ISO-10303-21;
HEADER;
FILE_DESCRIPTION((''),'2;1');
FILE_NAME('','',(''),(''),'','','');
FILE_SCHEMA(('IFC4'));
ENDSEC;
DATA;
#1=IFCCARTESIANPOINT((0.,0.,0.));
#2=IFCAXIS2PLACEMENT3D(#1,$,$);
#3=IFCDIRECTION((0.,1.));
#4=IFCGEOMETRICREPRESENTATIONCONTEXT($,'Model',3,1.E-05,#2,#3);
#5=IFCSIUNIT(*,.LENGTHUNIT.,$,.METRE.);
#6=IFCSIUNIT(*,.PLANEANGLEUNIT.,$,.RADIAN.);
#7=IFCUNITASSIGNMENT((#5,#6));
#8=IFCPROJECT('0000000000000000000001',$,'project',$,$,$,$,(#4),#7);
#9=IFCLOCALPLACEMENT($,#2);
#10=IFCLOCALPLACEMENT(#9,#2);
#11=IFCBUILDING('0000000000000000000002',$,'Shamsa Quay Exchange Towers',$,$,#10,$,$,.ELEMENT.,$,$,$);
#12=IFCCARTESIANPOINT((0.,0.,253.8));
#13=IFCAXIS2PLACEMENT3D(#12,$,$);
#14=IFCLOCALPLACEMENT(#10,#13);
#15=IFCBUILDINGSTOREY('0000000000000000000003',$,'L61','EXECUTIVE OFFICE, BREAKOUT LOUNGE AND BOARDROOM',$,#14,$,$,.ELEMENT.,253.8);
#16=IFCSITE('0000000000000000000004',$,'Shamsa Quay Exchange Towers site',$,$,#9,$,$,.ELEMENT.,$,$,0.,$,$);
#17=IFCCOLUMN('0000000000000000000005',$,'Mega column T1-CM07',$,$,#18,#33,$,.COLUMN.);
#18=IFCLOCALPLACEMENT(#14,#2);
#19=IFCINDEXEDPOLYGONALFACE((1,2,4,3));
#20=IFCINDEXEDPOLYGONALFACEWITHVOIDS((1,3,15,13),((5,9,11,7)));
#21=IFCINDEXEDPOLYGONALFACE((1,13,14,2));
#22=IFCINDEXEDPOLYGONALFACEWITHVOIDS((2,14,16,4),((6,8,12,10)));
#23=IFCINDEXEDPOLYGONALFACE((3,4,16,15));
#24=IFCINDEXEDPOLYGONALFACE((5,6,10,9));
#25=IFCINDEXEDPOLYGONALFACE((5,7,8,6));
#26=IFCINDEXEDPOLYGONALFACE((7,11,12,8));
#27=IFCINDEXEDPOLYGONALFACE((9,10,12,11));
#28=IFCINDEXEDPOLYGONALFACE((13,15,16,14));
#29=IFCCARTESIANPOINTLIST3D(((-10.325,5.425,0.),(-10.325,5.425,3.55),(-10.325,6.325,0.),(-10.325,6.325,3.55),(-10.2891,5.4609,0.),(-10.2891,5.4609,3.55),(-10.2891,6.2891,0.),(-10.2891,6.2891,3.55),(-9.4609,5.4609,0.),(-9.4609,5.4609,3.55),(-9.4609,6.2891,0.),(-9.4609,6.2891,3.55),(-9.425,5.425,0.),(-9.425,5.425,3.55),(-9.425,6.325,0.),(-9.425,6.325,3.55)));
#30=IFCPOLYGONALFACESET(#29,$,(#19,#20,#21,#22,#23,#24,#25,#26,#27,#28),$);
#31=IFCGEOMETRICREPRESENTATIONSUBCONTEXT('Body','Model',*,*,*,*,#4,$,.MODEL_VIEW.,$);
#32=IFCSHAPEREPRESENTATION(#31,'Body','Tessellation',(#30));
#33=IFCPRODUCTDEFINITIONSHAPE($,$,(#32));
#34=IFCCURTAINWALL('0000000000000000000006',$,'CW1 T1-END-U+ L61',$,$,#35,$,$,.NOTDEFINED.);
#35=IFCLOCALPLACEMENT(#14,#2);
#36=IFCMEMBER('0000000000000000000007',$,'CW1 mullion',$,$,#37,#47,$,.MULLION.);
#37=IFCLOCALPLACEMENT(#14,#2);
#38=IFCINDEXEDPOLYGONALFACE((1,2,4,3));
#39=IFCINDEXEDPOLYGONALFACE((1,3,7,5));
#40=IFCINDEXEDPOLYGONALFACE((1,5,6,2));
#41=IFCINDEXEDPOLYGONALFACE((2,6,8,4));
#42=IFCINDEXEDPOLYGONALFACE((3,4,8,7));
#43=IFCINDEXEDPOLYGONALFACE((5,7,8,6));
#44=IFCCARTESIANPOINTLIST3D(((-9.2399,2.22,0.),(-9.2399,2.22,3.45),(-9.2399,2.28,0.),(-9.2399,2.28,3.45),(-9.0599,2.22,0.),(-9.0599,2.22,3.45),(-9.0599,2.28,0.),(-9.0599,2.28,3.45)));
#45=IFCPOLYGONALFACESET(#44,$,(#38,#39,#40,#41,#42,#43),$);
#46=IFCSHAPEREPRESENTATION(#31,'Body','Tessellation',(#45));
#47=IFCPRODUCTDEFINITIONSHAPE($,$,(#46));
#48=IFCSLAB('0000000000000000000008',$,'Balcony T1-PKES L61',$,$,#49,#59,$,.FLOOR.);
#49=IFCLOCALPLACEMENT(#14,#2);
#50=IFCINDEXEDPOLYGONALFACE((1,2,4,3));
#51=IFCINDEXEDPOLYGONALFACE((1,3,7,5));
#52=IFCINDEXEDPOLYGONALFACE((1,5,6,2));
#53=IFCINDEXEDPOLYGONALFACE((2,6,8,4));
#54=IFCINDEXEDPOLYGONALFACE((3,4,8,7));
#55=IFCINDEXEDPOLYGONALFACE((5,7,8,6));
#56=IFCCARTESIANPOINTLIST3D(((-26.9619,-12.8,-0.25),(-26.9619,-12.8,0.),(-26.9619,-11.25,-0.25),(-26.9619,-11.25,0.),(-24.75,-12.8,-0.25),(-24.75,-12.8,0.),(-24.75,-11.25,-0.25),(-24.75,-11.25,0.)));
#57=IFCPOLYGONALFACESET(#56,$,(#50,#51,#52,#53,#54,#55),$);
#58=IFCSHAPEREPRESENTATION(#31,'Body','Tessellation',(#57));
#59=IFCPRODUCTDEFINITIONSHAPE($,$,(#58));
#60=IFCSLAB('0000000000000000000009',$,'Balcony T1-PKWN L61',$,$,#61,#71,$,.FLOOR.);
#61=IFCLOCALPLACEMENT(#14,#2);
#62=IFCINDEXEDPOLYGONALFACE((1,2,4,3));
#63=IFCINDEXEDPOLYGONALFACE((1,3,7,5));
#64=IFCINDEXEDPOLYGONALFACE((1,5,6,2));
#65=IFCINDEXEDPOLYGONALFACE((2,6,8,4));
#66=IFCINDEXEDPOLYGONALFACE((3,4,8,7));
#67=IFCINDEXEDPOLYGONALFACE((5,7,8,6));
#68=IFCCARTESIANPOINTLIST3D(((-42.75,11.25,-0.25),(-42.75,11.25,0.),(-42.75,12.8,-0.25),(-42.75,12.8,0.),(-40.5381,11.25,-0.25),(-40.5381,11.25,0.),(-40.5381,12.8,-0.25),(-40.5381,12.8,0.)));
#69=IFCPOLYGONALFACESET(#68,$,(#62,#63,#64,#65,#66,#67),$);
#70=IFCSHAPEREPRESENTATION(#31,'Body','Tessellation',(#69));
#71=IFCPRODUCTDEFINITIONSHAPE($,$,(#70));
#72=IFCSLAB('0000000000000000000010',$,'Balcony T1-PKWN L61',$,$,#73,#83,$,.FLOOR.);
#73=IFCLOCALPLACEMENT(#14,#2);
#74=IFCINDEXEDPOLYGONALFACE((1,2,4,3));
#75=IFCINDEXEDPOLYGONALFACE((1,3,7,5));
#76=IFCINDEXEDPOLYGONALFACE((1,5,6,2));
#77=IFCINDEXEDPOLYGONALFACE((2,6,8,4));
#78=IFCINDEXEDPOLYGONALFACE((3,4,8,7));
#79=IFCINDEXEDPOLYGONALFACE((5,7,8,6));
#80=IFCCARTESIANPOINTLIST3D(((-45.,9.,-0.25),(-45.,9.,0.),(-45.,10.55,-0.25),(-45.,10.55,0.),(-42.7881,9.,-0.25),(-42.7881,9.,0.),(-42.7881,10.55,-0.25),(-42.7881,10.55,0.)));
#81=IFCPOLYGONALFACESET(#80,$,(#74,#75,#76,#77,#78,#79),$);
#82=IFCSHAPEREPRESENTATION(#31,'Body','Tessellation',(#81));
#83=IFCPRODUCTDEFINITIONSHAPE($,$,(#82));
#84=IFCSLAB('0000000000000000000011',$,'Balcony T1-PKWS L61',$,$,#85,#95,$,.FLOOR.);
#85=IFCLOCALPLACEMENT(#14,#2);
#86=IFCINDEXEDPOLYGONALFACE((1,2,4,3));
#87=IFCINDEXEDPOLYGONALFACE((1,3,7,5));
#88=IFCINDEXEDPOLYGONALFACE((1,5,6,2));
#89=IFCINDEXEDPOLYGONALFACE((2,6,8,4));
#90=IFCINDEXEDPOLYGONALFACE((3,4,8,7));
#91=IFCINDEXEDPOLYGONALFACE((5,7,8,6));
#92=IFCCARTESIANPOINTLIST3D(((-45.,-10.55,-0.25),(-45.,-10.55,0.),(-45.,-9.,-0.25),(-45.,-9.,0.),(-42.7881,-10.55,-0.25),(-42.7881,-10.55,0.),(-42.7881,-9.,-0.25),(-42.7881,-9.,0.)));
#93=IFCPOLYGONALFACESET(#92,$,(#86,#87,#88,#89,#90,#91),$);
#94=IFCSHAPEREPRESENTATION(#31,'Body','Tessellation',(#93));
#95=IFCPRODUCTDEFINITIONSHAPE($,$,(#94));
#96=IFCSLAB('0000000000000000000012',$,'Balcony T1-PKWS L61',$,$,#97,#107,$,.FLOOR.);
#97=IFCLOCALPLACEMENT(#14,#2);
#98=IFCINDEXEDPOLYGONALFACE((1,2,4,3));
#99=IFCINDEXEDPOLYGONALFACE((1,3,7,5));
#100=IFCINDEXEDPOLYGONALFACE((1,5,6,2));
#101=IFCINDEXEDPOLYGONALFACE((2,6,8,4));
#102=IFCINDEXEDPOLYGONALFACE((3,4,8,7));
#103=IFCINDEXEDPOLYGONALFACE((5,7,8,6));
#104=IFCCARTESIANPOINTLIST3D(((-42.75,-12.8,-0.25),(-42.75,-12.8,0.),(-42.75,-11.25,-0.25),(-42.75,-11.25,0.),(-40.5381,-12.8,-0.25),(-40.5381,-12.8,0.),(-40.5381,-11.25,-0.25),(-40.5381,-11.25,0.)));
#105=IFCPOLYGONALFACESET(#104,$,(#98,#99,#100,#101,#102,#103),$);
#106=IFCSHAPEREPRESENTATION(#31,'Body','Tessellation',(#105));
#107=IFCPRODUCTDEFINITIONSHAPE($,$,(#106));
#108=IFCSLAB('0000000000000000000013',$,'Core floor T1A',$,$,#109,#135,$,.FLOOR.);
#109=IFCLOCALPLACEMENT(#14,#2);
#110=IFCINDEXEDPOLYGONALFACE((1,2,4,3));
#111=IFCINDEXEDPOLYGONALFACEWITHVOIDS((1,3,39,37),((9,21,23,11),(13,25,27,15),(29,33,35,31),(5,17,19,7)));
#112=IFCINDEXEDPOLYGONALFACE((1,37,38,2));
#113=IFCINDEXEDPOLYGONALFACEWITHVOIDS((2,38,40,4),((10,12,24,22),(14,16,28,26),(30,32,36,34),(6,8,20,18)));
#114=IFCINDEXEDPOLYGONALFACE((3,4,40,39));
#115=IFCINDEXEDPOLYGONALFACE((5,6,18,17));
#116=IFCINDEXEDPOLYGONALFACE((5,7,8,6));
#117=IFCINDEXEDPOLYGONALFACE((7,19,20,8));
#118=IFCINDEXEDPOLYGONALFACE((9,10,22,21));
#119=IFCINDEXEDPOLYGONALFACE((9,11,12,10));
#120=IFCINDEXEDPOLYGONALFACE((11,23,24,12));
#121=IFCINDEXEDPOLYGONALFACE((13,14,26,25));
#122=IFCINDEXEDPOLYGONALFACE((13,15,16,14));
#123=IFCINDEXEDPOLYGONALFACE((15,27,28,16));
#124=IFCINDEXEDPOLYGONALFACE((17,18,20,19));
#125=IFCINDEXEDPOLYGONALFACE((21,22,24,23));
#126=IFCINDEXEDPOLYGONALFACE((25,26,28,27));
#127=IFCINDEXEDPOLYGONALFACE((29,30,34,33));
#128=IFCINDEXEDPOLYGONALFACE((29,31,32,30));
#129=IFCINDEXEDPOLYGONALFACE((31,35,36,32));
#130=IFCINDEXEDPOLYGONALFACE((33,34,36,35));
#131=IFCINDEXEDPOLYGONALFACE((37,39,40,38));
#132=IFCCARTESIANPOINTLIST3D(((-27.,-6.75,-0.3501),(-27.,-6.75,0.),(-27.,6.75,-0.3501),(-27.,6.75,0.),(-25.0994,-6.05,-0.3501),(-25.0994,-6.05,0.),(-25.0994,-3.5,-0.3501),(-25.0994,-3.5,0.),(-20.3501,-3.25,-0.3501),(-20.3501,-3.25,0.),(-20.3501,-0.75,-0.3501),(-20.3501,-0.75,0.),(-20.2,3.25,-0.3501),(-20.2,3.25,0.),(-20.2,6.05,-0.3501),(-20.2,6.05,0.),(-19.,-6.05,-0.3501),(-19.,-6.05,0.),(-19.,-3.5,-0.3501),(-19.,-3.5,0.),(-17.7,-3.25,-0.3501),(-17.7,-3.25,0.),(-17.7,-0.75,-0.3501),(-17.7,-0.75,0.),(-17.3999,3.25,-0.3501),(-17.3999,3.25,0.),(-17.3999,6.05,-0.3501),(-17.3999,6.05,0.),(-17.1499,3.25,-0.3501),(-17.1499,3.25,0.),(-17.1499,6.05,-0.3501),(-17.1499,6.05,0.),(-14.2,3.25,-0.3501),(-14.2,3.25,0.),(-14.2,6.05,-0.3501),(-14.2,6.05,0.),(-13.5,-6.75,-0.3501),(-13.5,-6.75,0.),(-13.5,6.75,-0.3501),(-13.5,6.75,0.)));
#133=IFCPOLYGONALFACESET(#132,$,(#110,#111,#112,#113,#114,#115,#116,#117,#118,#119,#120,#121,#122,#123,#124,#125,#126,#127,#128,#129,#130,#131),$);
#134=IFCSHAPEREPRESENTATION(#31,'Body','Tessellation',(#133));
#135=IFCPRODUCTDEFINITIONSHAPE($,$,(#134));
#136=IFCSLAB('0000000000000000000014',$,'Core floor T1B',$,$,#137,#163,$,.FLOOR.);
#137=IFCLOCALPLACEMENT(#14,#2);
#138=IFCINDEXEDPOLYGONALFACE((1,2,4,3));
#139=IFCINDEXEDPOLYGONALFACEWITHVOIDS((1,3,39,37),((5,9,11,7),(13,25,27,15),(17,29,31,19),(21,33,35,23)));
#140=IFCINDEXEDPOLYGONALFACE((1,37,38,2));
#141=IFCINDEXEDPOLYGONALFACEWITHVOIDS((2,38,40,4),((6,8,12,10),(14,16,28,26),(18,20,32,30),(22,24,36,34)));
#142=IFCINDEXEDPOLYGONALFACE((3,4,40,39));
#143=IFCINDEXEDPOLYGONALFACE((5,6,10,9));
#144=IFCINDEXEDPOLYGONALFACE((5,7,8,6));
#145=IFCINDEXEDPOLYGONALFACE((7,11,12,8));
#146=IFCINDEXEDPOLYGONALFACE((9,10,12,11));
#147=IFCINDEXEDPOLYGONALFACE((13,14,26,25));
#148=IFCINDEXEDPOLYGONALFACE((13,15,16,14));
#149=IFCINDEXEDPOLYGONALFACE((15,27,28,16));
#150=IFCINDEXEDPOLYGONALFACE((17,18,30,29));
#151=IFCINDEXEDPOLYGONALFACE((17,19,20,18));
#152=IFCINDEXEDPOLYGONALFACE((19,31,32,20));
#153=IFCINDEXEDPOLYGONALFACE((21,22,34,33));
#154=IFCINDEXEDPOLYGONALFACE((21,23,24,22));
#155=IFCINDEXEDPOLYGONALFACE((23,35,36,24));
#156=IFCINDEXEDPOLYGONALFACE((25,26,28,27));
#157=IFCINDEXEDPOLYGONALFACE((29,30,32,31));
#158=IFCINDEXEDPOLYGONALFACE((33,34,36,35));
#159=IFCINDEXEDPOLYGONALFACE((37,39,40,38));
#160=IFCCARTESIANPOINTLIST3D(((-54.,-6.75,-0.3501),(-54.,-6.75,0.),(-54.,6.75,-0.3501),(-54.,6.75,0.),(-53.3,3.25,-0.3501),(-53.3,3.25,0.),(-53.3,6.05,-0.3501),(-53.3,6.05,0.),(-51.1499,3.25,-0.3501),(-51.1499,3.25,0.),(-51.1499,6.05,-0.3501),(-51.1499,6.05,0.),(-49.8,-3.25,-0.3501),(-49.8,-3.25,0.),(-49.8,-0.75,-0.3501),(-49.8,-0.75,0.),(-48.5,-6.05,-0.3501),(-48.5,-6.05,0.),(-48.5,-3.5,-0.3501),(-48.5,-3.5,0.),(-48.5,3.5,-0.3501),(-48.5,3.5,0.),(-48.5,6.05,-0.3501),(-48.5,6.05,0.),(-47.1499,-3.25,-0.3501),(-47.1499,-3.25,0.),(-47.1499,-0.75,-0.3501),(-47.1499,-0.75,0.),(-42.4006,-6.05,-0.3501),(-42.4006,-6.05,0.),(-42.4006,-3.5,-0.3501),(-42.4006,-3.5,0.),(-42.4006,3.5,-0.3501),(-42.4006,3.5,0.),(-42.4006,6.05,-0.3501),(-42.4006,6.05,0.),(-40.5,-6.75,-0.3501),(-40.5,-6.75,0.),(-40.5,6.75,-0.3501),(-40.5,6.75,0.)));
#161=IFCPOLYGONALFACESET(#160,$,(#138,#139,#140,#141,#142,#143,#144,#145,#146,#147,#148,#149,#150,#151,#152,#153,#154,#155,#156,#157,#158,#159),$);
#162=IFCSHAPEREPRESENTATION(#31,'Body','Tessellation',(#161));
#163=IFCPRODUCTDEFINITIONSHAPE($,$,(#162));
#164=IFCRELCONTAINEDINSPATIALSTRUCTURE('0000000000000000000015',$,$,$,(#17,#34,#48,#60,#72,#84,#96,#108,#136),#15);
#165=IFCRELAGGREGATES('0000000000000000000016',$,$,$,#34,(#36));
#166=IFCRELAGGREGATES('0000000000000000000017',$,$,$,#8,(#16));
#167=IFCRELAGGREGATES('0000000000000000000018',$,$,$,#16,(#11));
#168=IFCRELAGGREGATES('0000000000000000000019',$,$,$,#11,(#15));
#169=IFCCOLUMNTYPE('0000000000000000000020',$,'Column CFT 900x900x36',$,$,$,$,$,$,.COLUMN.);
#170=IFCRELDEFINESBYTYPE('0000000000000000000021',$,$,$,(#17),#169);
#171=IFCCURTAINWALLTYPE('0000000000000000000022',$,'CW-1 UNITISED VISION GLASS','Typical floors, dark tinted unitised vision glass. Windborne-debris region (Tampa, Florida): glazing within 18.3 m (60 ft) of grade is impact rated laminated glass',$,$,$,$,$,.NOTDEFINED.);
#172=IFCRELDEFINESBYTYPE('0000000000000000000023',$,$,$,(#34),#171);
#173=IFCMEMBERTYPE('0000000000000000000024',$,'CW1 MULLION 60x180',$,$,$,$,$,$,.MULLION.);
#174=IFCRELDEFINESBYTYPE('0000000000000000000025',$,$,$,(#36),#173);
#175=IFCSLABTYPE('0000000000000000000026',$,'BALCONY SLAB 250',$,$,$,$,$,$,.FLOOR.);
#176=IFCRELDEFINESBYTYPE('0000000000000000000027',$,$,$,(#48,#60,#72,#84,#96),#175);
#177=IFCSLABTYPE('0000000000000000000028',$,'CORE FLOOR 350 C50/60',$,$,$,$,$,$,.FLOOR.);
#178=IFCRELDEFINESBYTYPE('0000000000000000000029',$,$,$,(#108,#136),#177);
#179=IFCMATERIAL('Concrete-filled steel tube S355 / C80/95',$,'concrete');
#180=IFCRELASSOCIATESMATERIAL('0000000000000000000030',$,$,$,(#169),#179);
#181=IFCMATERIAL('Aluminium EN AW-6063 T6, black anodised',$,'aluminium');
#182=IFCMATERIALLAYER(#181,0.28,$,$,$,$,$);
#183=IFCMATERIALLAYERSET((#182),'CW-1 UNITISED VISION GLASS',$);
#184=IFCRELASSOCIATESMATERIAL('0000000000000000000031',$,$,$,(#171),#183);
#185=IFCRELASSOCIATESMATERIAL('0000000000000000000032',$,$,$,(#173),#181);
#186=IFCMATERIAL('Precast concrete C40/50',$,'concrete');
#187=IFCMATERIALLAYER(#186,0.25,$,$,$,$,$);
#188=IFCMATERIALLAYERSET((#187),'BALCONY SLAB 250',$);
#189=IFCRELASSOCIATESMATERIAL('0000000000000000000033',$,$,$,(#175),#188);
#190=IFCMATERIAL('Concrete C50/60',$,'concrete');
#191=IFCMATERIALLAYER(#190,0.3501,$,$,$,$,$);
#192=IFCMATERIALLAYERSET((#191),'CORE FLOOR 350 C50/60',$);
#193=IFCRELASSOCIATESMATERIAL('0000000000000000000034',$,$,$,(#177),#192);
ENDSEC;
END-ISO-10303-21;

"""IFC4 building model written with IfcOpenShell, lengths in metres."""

from ifc_helpers import new_model, si_unit, direction, frame, origin, origin_2d, place, context, subcontext, project, spatial, polyline, rectangle, hollow_rectangle, outline, extrude, material, layer, layer_set, material_profile, profile_set, type_object, element, aggregate, save


model = new_model("IFC4")

# Units and contexts
model_context = context("Model", 3, precision=1e-05, world=origin(), true_north=direction((0.0, 1.0)))
body_context = subcontext(model_context, "Body", "Model", "MODEL_VIEW")
ifc_project = project(units=[si_unit("LENGTHUNIT", "METRE"), si_unit("PLANEANGLEUNIT", "RADIAN")], contexts=[model_context])

# Site, building, storey
site_placement = place(None, origin())
site = spatial("IfcSite", under=ifc_project, at=site_placement, Name="Shamsa Quay Exchange Towers site", CompositionType="ELEMENT", RefElevation=0.0)
building_placement = place(site_placement, origin())
building = spatial("IfcBuilding", under=site, at=building_placement, Name="Shamsa Quay Exchange Towers", CompositionType="ELEMENT")
storey_placement = place(building_placement, frame((0.0, 0.0, 253.8)))
storey = spatial("IfcBuildingStorey", under=building, at=storey_placement, Name="L61", Description="EXECUTIVE OFFICE, BREAKOUT LOUNGE AND BOARDROOM", CompositionType="ELEMENT", Elevation=253.8)

# Column
ifc_material_1 = material(Name="Concrete-filled steel tube S355 / C80/95", Category="concrete")
ifc_material_profile_1 = material_profile(ifc_material_1, hollow_rectangle(XDim=0.8999, YDim=0.8999, WallThickness=0.0359, at=origin_2d()), Name="CFT 900x900x36")
ifc_profile_set_1 = profile_set([ifc_material_profile_1], Name="Concrete-filled steel tube S355 / C80/95")
column_type = type_object("IfcColumnType", Name="Column CFT 900x900x36", PredefinedType="COLUMN", material=ifc_profile_set_1)
column_placement = place(storey_placement, frame((-9.875, 5.875, 0.0)))
element("IfcColumn", 1, at=column_placement, inside=storey, type_object=column_type, Name="Mega column T1-CM07", PredefinedType="COLUMN", context=body_context, shape_type="SweptSolid", body=[
    extrude(hollow_rectangle(XDim=0.8999, YDim=0.8999, WallThickness=0.0359, at=origin_2d()), origin(), (0.0, 0.0, 1.0), 3.55),
])

# Curtain wall, member
ifc_material_2 = material(Name="Aluminium EN AW-6063 T6, black anodised", Category="aluminium")
ifc_layer_1 = layer(ifc_material_2, 0.28)
ifc_layer_set_1 = layer_set([ifc_layer_1], Name="CW-1 UNITISED VISION GLASS")
curtain_wall_type_1 = type_object("IfcCurtainWallType", Name="CW-1 UNITISED VISION GLASS", Description="Typical floors, dark tinted unitised vision glass. Windborne-debris region (Tampa, Florida): glazing within 18.3 m (60 ft) of grade is impact rated laminated glass", PredefinedType="NOTDEFINED", material=ifc_layer_set_1)
curtain_wall_1_placement = place(storey_placement, origin())
curtain_wall_1 = element("IfcCurtainWall", 2, at=curtain_wall_1_placement, inside=storey, type_object=curtain_wall_type_1, Name="CW1 T1-END-U+ L61", PredefinedType="NOTDEFINED")
ifc_material_profile_2 = material_profile(ifc_material_2, rectangle(XDim=0.1799, YDim=0.0601, at=origin_2d()), Name="MU60x180")
ifc_profile_set_2 = profile_set([ifc_material_profile_2], Name="Aluminium EN AW-6063 T6, black anodised")
member_type = type_object("IfcMemberType", Name="CW1 MULLION 60x180", PredefinedType="MULLION", material=ifc_profile_set_2)
member_placement = place(storey_placement, frame((-9.1499, 2.25, 0.0), z_axis=(0.0, 0.0, 1.0), x_axis=(-1.0, 0.0, 0.0)))
member = element("IfcMember", 3, at=member_placement, type_object=member_type, Name="CW1 mullion", PredefinedType="MULLION", context=body_context, shape_type="SweptSolid", body=[
    extrude(rectangle(XDim=0.1799, YDim=0.0601, at=origin_2d()), origin(), (0.0, 0.0, 1.0), 3.45),
])

# Slabs
ifc_material_3 = material(Name="Precast concrete C40/50", Category="concrete")
ifc_layer_2 = layer(ifc_material_3, 0.25)
ifc_layer_set_2 = layer_set([ifc_layer_2], Name="BALCONY SLAB 250")
slab_type_1 = type_object("IfcSlabType", Name="BALCONY SLAB 250", PredefinedType="FLOOR", material=ifc_layer_set_2)
slab_1_placement = place(storey_placement, frame((0.0, 0.0, -0.25)))
element("IfcSlab", 4, at=slab_1_placement, inside=storey, type_object=slab_type_1, Name="Balcony T1-PKES L61", PredefinedType="FLOOR", context=body_context, shape_type="SweptSolid", body=[
    extrude(outline(polyline([(-26.9619, -11.25), (-24.75, -11.25), (-24.75, -12.8), (-26.9619, -12.8), (-26.9619, -11.25)])), origin(), (0.0, 0.0, 1.0), 0.25),
])
slab_2_placement = place(storey_placement, frame((0.0, 0.0, -0.25)))
element("IfcSlab", 5, at=slab_2_placement, inside=storey, type_object=slab_type_1, Name="Balcony T1-PKWN L61", PredefinedType="FLOOR", context=body_context, shape_type="SweptSolid", body=[
    extrude(outline(polyline([(-40.5381, 11.25), (-42.75, 11.25), (-42.75, 12.8), (-40.5381, 12.8), (-40.5381, 11.25)])), origin(), (0.0, 0.0, 1.0), 0.25),
])
slab_3_placement = place(storey_placement, frame((0.0, 0.0, -0.25)))
element("IfcSlab", 6, at=slab_3_placement, inside=storey, type_object=slab_type_1, Name="Balcony T1-PKWN L61", PredefinedType="FLOOR", context=body_context, shape_type="SweptSolid", body=[
    extrude(outline(polyline([(-42.7881, 9.0), (-45.0, 9.0), (-45.0, 10.55), (-42.7881, 10.55), (-42.7881, 9.0)])), origin(), (0.0, 0.0, 1.0), 0.25),
])
slab_4_placement = place(storey_placement, frame((0.0, 0.0, -0.25)))
element("IfcSlab", 7, at=slab_4_placement, inside=storey, type_object=slab_type_1, Name="Balcony T1-PKWS L61", PredefinedType="FLOOR", context=body_context, shape_type="SweptSolid", body=[
    extrude(outline(polyline([(-45.0, -9.0), (-42.7881, -9.0), (-42.7881, -10.55), (-45.0, -10.55), (-45.0, -9.0)])), origin(), (0.0, 0.0, 1.0), 0.25),
])
slab_5_placement = place(storey_placement, frame((0.0, 0.0, -0.25)))
element("IfcSlab", 8, at=slab_5_placement, inside=storey, type_object=slab_type_1, Name="Balcony T1-PKWS L61", PredefinedType="FLOOR", context=body_context, shape_type="SweptSolid", body=[
    extrude(outline(polyline([(-42.75, -11.25), (-40.5381, -11.25), (-40.5381, -12.8), (-42.75, -12.8), (-42.75, -11.25)])), origin(), (0.0, 0.0, 1.0), 0.25),
])
ifc_material_4 = material(Name="Concrete C50/60", Category="concrete")
ifc_layer_3 = layer(ifc_material_4, 0.3501)
ifc_layer_set_3 = layer_set([ifc_layer_3], Name="CORE FLOOR 350 C50/60")
slab_type_2 = type_object("IfcSlabType", Name="CORE FLOOR 350 C50/60", PredefinedType="FLOOR", material=ifc_layer_set_3)
slab_6_placement = place(storey_placement, frame((0.0, 0.0, -0.3501)))
element("IfcSlab", 9, at=slab_6_placement, inside=storey, type_object=slab_type_2, Name="Core floor T1A", PredefinedType="FLOOR", context=body_context, shape_type="SweptSolid", body=[
    extrude(outline(polyline([(-27.0, -6.75), (-13.5, -6.75), (-13.5, 6.75), (-27.0, 6.75), (-27.0, -6.75)]), holes=[polyline([(-25.0994, -6.05), (-25.0994, -3.5), (-19.0, -3.5), (-19.0, -6.05), (-25.0994, -6.05)]), polyline([(-20.2, 3.25), (-20.2, 6.05), (-17.3999, 6.05), (-17.3999, 3.25), (-20.2, 3.25)]), polyline([(-17.1499, 3.25), (-17.1499, 6.05), (-14.2, 6.05), (-14.2, 3.25), (-17.1499, 3.25)]), polyline([(-20.3501, -3.25), (-20.3501, -0.75), (-17.7, -0.75), (-17.7, -3.25), (-20.3501, -3.25)])]), origin(), (0.0, 0.0, 1.0), 0.3501),
])
slab_7_placement = place(storey_placement, frame((0.0, 0.0, -0.3501)))
element("IfcSlab", 10, at=slab_7_placement, inside=storey, type_object=slab_type_2, Name="Core floor T1B", PredefinedType="FLOOR", context=body_context, shape_type="SweptSolid", body=[
    extrude(outline(polyline([(-40.5, -6.75), (-40.5, 6.75), (-54.0, 6.75), (-54.0, -6.75), (-40.5, -6.75)]), holes=[polyline([(-42.4006, -3.5), (-42.4006, -6.05), (-48.5, -6.05), (-48.5, -3.5), (-42.4006, -3.5)]), polyline([(-42.4006, 6.05), (-42.4006, 3.5), (-48.5, 3.5), (-48.5, 6.05), (-42.4006, 6.05)]), polyline([(-51.1499, 3.25), (-53.3, 3.25), (-53.3, 6.05), (-51.1499, 6.05), (-51.1499, 3.25)]), polyline([(-47.1499, -3.25), (-49.8, -3.25), (-49.8, -0.75), (-47.1499, -0.75), (-47.1499, -3.25)])]), origin(), (0.0, 0.0, 1.0), 0.3501),
])

aggregate(curtain_wall_1, [member])

save(model, "model.ifc")
